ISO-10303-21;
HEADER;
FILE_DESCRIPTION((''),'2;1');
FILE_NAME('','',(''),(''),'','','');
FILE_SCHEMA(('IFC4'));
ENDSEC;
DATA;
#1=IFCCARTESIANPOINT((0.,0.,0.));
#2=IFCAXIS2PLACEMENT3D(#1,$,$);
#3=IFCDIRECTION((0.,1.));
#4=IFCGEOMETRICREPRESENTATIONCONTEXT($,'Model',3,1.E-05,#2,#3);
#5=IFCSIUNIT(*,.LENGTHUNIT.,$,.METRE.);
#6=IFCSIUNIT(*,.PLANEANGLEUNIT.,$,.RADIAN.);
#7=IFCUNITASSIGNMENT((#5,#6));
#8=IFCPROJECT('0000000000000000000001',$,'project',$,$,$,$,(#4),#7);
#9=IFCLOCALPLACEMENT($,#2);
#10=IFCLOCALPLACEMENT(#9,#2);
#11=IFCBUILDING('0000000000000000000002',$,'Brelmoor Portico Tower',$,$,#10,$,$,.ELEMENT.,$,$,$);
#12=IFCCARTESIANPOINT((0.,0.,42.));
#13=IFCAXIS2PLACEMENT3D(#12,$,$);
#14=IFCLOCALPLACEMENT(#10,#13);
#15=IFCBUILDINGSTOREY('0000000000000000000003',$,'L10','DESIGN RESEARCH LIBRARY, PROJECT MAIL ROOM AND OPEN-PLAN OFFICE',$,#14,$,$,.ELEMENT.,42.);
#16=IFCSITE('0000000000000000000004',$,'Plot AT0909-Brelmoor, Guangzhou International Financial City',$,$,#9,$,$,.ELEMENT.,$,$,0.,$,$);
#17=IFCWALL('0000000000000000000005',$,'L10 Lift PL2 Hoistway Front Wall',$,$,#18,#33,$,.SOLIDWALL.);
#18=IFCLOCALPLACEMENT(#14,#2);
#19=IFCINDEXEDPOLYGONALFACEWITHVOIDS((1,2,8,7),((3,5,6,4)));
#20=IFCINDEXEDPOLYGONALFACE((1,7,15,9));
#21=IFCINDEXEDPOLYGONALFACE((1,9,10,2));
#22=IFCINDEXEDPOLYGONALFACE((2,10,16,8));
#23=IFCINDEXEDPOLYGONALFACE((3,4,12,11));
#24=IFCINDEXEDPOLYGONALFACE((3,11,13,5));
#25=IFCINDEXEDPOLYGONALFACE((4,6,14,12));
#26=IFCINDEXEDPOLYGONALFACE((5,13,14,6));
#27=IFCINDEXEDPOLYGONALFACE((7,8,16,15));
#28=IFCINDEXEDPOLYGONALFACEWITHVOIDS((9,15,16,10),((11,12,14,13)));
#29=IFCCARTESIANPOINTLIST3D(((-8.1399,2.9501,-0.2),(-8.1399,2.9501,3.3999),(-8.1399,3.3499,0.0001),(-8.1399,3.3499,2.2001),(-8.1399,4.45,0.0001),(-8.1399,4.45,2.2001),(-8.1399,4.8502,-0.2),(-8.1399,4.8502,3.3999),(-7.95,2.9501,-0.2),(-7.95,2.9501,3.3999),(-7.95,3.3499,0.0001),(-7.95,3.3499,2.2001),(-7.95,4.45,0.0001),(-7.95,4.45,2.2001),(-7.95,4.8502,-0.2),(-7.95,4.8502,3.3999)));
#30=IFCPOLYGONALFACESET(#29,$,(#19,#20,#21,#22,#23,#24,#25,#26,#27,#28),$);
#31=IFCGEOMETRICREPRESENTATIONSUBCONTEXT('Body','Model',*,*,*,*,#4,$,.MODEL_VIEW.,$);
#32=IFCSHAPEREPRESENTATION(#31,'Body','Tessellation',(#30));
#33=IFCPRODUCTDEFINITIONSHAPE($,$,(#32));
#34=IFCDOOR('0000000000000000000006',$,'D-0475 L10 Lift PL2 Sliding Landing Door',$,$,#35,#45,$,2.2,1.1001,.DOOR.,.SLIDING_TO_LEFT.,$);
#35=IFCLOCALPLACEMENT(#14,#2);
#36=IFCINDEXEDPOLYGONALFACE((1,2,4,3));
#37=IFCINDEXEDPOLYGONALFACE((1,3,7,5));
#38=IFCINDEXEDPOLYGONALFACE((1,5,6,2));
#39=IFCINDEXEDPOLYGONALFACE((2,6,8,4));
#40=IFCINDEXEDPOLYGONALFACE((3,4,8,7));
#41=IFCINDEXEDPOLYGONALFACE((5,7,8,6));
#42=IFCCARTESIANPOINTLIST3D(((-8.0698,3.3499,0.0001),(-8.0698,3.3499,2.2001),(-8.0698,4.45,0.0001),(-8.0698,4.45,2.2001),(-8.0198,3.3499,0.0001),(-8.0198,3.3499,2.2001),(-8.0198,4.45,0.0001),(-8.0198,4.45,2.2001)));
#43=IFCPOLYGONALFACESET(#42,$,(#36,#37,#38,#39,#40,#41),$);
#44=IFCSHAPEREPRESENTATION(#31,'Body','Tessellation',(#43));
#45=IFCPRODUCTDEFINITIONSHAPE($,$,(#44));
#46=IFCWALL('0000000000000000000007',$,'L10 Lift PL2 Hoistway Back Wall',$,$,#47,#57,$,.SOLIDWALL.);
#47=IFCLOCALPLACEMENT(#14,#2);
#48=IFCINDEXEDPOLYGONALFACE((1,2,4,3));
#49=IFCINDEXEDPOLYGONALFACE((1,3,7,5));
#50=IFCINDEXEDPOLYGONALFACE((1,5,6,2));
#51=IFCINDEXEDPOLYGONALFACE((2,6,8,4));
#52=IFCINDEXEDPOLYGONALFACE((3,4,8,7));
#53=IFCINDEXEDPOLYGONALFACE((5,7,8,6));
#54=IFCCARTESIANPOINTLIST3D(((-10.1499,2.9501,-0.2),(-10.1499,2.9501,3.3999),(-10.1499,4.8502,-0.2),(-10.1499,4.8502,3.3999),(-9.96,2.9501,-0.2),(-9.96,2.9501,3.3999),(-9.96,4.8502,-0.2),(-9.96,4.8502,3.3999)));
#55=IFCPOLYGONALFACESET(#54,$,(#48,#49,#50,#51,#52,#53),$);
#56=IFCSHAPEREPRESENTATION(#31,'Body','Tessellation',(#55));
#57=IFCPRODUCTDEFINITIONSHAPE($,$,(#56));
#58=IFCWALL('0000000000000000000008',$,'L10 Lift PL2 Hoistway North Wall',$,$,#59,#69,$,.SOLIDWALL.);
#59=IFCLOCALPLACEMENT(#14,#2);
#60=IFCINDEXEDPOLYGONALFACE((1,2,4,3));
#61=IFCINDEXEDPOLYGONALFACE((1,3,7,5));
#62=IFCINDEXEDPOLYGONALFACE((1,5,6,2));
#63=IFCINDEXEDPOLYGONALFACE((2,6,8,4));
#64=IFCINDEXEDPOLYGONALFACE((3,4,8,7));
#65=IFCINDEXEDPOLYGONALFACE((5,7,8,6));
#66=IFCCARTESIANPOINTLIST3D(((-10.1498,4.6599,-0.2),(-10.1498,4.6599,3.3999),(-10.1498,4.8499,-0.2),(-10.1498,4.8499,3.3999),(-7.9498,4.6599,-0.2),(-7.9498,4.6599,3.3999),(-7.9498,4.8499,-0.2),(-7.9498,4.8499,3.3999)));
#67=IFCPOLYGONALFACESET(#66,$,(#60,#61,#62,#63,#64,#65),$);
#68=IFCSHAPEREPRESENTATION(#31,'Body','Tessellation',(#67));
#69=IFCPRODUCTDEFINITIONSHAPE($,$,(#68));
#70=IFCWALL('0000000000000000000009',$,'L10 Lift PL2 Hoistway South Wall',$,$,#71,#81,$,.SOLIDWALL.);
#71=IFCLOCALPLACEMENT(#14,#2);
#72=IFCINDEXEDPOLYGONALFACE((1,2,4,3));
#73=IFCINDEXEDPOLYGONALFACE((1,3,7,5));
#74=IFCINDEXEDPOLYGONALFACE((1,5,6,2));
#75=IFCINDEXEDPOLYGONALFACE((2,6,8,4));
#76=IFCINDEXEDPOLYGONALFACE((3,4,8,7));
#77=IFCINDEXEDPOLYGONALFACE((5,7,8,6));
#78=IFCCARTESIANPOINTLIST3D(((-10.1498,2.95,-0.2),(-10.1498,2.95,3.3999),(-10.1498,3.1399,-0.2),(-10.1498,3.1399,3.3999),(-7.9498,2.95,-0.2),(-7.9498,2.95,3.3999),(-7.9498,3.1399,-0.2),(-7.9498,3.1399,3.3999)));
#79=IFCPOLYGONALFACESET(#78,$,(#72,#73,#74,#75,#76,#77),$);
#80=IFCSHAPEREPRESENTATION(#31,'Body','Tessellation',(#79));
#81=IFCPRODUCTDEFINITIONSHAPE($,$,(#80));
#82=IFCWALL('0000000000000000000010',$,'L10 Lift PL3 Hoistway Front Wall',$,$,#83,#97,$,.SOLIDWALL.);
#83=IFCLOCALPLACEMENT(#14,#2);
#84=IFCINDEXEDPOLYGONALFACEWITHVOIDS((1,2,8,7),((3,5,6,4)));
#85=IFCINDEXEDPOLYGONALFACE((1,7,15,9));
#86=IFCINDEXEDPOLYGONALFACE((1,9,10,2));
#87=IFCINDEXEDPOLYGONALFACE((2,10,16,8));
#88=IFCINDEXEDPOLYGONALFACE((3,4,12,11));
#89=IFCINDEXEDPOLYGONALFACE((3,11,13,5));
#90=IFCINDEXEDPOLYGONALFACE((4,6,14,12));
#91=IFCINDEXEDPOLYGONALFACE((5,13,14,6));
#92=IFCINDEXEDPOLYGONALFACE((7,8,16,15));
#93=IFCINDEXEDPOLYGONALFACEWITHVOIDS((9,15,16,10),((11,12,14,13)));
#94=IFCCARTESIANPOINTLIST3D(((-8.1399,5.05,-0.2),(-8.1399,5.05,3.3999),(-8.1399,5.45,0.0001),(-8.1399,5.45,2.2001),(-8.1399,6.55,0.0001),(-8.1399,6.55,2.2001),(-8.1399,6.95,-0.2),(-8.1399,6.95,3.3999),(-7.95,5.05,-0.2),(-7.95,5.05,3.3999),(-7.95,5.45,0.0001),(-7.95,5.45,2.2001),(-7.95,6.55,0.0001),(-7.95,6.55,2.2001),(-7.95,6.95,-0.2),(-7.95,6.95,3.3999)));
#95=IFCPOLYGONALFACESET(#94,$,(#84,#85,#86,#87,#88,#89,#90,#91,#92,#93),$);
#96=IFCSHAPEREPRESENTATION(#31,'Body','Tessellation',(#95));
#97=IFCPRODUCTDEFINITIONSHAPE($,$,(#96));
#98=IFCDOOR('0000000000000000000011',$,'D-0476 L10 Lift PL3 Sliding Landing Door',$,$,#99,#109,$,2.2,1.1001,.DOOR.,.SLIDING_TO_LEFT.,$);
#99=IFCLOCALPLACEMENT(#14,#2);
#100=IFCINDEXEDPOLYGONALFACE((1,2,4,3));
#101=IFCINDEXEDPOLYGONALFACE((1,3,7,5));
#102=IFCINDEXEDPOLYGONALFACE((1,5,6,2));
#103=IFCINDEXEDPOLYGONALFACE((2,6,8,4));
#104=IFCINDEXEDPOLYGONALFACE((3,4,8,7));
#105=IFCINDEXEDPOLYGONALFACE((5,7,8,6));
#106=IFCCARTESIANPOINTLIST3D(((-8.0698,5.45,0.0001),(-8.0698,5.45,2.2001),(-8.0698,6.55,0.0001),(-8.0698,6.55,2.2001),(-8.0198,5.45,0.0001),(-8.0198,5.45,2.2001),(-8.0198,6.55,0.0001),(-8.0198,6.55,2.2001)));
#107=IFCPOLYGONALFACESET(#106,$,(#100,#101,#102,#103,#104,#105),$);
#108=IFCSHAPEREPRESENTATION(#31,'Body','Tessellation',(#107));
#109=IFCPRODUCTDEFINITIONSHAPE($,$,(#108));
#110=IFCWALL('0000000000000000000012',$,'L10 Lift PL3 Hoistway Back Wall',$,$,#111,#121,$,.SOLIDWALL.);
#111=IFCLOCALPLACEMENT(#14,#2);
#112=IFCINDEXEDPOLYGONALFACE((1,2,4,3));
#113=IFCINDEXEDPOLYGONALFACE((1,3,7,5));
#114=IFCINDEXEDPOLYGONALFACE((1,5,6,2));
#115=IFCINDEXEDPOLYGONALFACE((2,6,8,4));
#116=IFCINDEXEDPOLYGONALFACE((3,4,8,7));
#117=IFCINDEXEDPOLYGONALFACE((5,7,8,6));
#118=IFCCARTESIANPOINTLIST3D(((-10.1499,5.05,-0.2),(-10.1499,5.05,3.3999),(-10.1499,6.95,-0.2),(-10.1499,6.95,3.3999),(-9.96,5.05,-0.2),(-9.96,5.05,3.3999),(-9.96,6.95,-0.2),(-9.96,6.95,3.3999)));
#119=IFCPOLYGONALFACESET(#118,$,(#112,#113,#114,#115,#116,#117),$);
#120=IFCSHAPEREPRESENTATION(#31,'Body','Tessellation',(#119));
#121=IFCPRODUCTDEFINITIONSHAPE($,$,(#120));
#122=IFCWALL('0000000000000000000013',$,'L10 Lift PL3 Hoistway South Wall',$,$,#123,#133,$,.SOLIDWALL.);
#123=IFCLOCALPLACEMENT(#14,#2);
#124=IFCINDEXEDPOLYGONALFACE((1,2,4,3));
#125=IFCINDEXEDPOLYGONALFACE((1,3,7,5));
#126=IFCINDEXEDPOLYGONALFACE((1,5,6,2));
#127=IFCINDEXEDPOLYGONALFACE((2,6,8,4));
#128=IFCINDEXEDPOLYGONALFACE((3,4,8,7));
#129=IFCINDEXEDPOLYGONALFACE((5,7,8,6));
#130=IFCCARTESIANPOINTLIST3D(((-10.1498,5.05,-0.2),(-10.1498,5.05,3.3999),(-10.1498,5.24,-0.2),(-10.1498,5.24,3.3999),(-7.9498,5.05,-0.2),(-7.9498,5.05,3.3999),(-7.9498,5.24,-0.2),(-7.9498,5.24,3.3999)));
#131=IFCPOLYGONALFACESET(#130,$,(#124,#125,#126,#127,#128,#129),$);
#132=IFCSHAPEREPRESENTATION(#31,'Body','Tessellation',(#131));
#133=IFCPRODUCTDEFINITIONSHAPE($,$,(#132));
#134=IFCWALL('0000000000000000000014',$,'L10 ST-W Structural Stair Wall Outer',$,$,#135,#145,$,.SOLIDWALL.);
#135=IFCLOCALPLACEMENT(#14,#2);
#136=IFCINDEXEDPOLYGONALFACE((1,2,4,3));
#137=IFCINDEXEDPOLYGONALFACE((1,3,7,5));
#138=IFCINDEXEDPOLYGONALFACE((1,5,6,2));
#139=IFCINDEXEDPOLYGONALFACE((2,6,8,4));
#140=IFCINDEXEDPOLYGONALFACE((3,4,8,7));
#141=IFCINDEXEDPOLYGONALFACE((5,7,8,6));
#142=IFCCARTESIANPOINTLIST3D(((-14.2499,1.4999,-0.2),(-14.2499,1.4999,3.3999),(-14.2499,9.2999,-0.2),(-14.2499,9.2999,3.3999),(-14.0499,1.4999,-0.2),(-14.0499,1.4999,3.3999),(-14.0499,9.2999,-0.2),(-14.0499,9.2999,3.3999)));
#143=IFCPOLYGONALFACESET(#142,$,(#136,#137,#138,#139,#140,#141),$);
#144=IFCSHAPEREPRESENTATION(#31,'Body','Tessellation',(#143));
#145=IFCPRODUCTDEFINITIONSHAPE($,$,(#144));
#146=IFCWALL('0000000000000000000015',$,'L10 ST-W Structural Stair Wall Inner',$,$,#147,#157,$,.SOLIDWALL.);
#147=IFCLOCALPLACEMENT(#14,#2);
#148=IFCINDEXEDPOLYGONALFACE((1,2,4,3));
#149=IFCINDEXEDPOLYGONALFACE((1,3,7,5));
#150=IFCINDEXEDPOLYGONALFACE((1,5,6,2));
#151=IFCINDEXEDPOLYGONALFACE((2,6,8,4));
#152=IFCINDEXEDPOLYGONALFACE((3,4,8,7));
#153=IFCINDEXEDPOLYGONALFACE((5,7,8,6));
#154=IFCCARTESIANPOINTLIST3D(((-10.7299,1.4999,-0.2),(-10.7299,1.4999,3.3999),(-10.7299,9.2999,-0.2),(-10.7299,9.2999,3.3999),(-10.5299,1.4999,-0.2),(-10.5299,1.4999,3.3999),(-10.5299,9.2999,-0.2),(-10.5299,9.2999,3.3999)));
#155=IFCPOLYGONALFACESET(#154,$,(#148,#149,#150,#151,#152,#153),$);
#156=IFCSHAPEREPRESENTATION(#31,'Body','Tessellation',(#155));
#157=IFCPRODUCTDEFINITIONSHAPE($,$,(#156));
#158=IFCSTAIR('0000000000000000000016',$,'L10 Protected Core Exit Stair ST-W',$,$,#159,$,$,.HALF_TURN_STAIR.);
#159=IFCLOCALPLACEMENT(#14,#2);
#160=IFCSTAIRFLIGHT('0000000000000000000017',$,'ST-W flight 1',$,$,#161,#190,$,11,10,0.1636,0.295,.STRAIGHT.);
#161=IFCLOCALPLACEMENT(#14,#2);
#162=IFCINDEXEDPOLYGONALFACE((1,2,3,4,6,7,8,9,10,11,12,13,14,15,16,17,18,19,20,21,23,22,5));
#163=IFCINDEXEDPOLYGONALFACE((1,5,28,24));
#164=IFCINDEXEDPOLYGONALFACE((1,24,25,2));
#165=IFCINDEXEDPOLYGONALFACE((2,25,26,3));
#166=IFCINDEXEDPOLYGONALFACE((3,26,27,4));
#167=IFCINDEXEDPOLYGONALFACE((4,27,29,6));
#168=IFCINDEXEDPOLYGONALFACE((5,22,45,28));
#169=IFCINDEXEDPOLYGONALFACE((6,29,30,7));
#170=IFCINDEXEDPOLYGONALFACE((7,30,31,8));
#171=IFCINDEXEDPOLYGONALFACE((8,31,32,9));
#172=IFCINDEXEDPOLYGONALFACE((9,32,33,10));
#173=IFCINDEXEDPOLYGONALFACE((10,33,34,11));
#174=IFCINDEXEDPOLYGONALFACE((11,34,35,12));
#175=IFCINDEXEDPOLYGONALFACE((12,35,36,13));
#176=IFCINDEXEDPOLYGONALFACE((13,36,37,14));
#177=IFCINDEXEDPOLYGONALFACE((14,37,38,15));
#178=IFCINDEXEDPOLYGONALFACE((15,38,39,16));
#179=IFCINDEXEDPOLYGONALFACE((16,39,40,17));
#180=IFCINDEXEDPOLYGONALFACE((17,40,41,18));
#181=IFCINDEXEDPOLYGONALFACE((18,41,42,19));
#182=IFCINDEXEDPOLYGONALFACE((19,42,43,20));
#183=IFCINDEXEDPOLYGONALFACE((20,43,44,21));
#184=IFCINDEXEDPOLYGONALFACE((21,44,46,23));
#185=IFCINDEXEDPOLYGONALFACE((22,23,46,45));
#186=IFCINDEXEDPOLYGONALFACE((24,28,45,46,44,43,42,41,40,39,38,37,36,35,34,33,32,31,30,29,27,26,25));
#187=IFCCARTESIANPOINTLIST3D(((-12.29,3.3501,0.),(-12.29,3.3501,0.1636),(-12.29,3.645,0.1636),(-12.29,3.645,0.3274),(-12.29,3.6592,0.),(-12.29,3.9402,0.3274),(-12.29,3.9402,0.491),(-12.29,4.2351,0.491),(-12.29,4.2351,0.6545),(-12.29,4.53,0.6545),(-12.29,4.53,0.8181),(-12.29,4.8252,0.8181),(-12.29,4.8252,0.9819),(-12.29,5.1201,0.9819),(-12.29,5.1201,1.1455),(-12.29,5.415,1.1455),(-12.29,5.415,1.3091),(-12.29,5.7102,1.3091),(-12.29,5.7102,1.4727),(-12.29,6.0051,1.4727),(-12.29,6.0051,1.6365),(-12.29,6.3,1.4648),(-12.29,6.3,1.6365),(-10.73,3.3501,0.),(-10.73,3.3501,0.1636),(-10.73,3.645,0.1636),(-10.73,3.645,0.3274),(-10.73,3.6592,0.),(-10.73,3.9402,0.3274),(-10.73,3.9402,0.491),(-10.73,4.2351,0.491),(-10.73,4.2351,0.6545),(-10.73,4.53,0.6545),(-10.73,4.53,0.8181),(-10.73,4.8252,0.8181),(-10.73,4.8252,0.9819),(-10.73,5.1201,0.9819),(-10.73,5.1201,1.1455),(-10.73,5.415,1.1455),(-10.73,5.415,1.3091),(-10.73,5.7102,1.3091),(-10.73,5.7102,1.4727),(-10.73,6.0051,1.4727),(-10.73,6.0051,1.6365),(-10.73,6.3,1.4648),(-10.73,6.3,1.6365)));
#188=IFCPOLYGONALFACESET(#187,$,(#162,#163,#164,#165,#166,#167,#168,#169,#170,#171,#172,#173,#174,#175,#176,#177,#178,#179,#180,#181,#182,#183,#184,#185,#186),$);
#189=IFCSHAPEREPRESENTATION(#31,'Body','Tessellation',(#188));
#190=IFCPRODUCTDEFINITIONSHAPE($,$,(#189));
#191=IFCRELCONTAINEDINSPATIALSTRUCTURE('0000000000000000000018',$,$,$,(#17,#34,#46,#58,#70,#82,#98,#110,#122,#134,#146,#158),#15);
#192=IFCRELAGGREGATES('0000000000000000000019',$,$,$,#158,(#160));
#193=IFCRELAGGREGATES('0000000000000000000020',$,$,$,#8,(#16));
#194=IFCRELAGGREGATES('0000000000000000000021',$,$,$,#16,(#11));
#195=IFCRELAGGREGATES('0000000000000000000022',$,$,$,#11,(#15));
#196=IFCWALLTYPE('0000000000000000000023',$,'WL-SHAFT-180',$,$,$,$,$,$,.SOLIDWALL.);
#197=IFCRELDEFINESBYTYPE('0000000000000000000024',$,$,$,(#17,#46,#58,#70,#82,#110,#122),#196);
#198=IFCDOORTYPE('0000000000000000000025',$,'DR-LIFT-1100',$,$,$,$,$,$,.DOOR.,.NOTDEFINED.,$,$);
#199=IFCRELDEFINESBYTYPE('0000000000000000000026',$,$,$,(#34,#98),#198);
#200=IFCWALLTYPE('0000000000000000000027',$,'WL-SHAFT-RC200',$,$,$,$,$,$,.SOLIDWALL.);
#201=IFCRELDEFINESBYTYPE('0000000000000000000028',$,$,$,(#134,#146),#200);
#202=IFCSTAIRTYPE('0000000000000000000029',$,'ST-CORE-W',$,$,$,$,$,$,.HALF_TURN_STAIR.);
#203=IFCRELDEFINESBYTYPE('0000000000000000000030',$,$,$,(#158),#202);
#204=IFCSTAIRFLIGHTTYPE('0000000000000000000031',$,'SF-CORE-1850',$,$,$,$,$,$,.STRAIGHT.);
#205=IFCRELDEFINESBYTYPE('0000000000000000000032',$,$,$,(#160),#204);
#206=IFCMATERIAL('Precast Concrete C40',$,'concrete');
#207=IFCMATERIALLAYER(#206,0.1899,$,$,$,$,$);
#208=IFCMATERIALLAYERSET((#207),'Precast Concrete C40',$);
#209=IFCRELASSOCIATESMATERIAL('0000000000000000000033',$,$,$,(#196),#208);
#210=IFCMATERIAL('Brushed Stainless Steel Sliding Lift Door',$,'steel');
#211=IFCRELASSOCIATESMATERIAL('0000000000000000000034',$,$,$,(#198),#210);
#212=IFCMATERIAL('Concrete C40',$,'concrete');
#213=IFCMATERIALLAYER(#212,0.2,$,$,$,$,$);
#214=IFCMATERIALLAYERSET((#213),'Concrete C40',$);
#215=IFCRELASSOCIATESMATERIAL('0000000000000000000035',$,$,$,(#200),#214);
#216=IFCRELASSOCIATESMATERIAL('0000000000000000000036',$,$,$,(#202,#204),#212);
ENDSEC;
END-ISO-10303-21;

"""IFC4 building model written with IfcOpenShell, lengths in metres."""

from ifc_helpers import new_model, si_unit, direction, frame, frame_2d, origin, place, context, subcontext, project, spatial, polyline, rectangle, outline, extrude, material, layer, layer_set, type_object, element, fill, aggregate, save


model = new_model("IFC4")

# Units and contexts
model_context = context("Model", 3, precision=1e-05, world=origin(), true_north=direction((0.0, 1.0)))
body_context = subcontext(model_context, "Body", "Model", "MODEL_VIEW")
ifc_project = project(units=[si_unit("LENGTHUNIT", "METRE"), si_unit("PLANEANGLEUNIT", "RADIAN")], contexts=[model_context])

# Site, building, storey
site_placement = place(None, origin())
site = spatial("IfcSite", under=ifc_project, at=site_placement, Name="Plot AT0909-Brelmoor, Guangzhou International Financial City", CompositionType="ELEMENT", RefElevation=0.0)
building_placement = place(site_placement, origin())
building = spatial("IfcBuilding", under=site, at=building_placement, Name="Brelmoor Portico Tower", CompositionType="ELEMENT")
storey_placement = place(building_placement, frame((0.0, 0.0, 42.0)))
storey = spatial("IfcBuildingStorey", under=building, at=storey_placement, Name="L10", Description="DESIGN RESEARCH LIBRARY, PROJECT MAIL ROOM AND OPEN-PLAN OFFICE", CompositionType="ELEMENT", Elevation=42.0)

# Shared definitions
ifc_material_1 = material(Name="Precast Concrete C40", Category="concrete")
ifc_layer_1 = layer(ifc_material_1, 0.1899)
ifc_layer_set_1 = layer_set([ifc_layer_1], Name="Precast Concrete C40")
wall_type_1 = type_object("IfcWallType", Name="WL-SHAFT-180", PredefinedType="SOLIDWALL", material=ifc_layer_set_1)
ifc_material_2 = material(Name="Brushed Stainless Steel Sliding Lift Door", Category="steel")
door_type_1 = type_object("IfcDoorType", Name="DR-LIFT-1100", OperationType="NOTDEFINED", PredefinedType="DOOR", material=ifc_material_2)

# Wall, opening, door
wall_1_placement = place(storey_placement, frame((-8.0449, 2.95, -0.2), z_axis=(0.0, 0.0, 1.0), x_axis=(0.0, 1.0, 0.0)))
wall_1 = element("IfcWall", 1, at=wall_1_placement, inside=storey, type_object=wall_type_1, Name="L10 Lift PL2 Hoistway Front Wall", PredefinedType="SOLIDWALL", context=body_context, shape_type="SweptSolid", body=[
    extrude(rectangle(XDim=1.9001, YDim=0.1899, at=frame_2d((0.9502, 0.0))), origin(), (0.0, 0.0, 1.0), 3.5999),
])
opening_1_placement = place(wall_1_placement, frame((0.3999, 0.0, 0.2)))
opening_1 = element("IfcOpeningElement", 2, at=opening_1_placement, cuts=wall_1, PredefinedType="OPENING", context=body_context, shape_type="SweptSolid", body=[
    extrude(rectangle(XDim=1.1001, YDim=2.2, at=frame_2d((0.55, 1.1001))), frame((0.0, 0.105, 0.0), z_axis=(0.0, -1.0, 0.0), x_axis=(1.0, 0.0, 0.0)), (0.0, 0.0, 1.0), 0.21),
])
door_1_placement = place(opening_1_placement, origin())
door_1 = element("IfcDoor", 3, at=door_1_placement, inside=storey, type_object=door_type_1, Name="D-0475 L10 Lift PL2 Sliding Landing Door", OperationType="SLIDING_TO_LEFT", OverallHeight=2.2, OverallWidth=1.1001, PredefinedType="DOOR", context=body_context, shape_type="SweptSolid", body=[
    extrude(rectangle(XDim=1.1001, YDim=2.2, at=frame_2d((0.55, 1.1001))), frame((0.0, 0.0249, 0.0), z_axis=(0.0, -1.0, 0.0), x_axis=(1.0, 0.0, 0.0)), (0.0, 0.0, 1.0), 0.05),
])
fill(opening_1, door_1)

# Walls
wall_2_placement = place(storey_placement, frame((-10.0549, 2.95, -0.2), z_axis=(0.0, 0.0, 1.0), x_axis=(0.0, 1.0, 0.0)))
element("IfcWall", 4, at=wall_2_placement, inside=storey, type_object=wall_type_1, Name="L10 Lift PL2 Hoistway Back Wall", PredefinedType="SOLIDWALL", context=body_context, shape_type="SweptSolid", body=[
    extrude(rectangle(XDim=1.9001, YDim=0.1899, at=frame_2d((0.9502, 0.0))), origin(), (0.0, 0.0, 1.0), 3.5999),
])
for number, where, z_axis, x_axis, name in (
    (5, (-10.1499, 4.7549, -0.2), (0.0, 0.0, 1.0), (1.0, 0.0, 0.0), "L10 Lift PL2 Hoistway North Wall"),
    (6, (-10.1499, 3.0449, -0.2), (0.0, 0.0, 1.0), (1.0, 0.0, 0.0), "L10 Lift PL2 Hoistway South Wall"),
):
    element("IfcWall", number, at=place(storey_placement, frame(where, z_axis=z_axis, x_axis=x_axis)), inside=storey, type_object=wall_type_1, Name=name, PredefinedType="SOLIDWALL", context=body_context, shape_type="SweptSolid", body=[
        extrude(rectangle(XDim=2.2, YDim=0.1899, at=frame_2d((1.1001, 0.0))), origin(), (0.0, 0.0, 1.0), 3.5999),
    ])

# Wall, opening, door
wall_3_placement = place(storey_placement, frame((-8.0449, 5.05, -0.2), z_axis=(0.0, 0.0, 1.0), x_axis=(0.0, 1.0, 0.0)))
wall_3 = element("IfcWall", 7, at=wall_3_placement, inside=storey, type_object=wall_type_1, Name="L10 Lift PL3 Hoistway Front Wall", PredefinedType="SOLIDWALL", context=body_context, shape_type="SweptSolid", body=[
    extrude(rectangle(XDim=1.8999, YDim=0.1899, at=frame_2d((0.95, 0.0))), origin(), (0.0, 0.0, 1.0), 3.5999),
])
opening_2_placement = place(wall_3_placement, frame((0.3999, 0.0, 0.2)))
opening_2 = element("IfcOpeningElement", 8, at=opening_2_placement, cuts=wall_3, PredefinedType="OPENING", context=body_context, shape_type="SweptSolid", body=[
    extrude(rectangle(XDim=1.1001, YDim=2.2, at=frame_2d((0.55, 1.1001))), frame((0.0, 0.105, 0.0), z_axis=(0.0, -1.0, 0.0), x_axis=(1.0, 0.0, 0.0)), (0.0, 0.0, 1.0), 0.21),
])
door_2_placement = place(opening_2_placement, origin())
door_2 = element("IfcDoor", 9, at=door_2_placement, inside=storey, type_object=door_type_1, Name="D-0476 L10 Lift PL3 Sliding Landing Door", OperationType="SLIDING_TO_LEFT", OverallHeight=2.2, OverallWidth=1.1001, PredefinedType="DOOR", context=body_context, shape_type="SweptSolid", body=[
    extrude(rectangle(XDim=1.1001, YDim=2.2, at=frame_2d((0.55, 1.1001))), frame((0.0, 0.0249, 0.0), z_axis=(0.0, -1.0, 0.0), x_axis=(1.0, 0.0, 0.0)), (0.0, 0.0, 1.0), 0.05),
])
fill(opening_2, door_2)

# Walls
wall_4_placement = place(storey_placement, frame((-10.0549, 5.05, -0.2), z_axis=(0.0, 0.0, 1.0), x_axis=(0.0, 1.0, 0.0)))
element("IfcWall", 10, at=wall_4_placement, inside=storey, type_object=wall_type_1, Name="L10 Lift PL3 Hoistway Back Wall", PredefinedType="SOLIDWALL", context=body_context, shape_type="SweptSolid", body=[
    extrude(rectangle(XDim=1.8999, YDim=0.1899, at=frame_2d((0.95, 0.0))), origin(), (0.0, 0.0, 1.0), 3.5999),
])
wall_5_placement = place(storey_placement, frame((-10.1499, 5.145, -0.2), z_axis=(0.0, 0.0, 1.0), x_axis=(1.0, 0.0, 0.0)))
element("IfcWall", 11, at=wall_5_placement, inside=storey, type_object=wall_type_1, Name="L10 Lift PL3 Hoistway South Wall", PredefinedType="SOLIDWALL", context=body_context, shape_type="SweptSolid", body=[
    extrude(rectangle(XDim=2.2, YDim=0.1899, at=frame_2d((1.1001, 0.0))), origin(), (0.0, 0.0, 1.0), 3.5999),
])
ifc_material_3 = material(Name="Concrete C40", Category="concrete")
ifc_layer_2 = layer(ifc_material_3, 0.2)
ifc_layer_set_2 = layer_set([ifc_layer_2], Name="Concrete C40")
wall_type_2 = type_object("IfcWallType", Name="WL-SHAFT-RC200", PredefinedType="SOLIDWALL", material=ifc_layer_set_2)
for number, where, z_axis, x_axis, name in (
    (12, (-14.1499, 1.5, -0.2), (0.0, 0.0, 1.0), (0.0, 1.0, 0.0), "L10 ST-W Structural Stair Wall Outer"),
    (13, (-10.6299, 1.5, -0.2), (0.0, 0.0, 1.0), (0.0, 1.0, 0.0), "L10 ST-W Structural Stair Wall Inner"),
):
    element("IfcWall", number, at=place(storey_placement, frame(where, z_axis=z_axis, x_axis=x_axis)), inside=storey, type_object=wall_type_2, Name=name, PredefinedType="SOLIDWALL", context=body_context, shape_type="SweptSolid", body=[
        extrude(rectangle(XDim=7.8, YDim=0.2, at=frame_2d((3.8999, 0.0))), origin(), (0.0, 0.0, 1.0), 3.5999),
    ])

# Stair, stair flight
stair_type = type_object("IfcStairType", Name="ST-CORE-W", PredefinedType="HALF_TURN_STAIR", material=ifc_material_3)
stair_placement = place(storey_placement, origin())
stair = element("IfcStair", 14, at=stair_placement, inside=storey, type_object=stair_type, Name="L10 Protected Core Exit Stair ST-W", PredefinedType="HALF_TURN_STAIR")
stair_flight_type = type_object("IfcStairFlightType", Name="SF-CORE-1850", PredefinedType="STRAIGHT", material=ifc_material_3)
stair_flight_1_placement = place(storey_placement, frame((-11.51, 3.3501, 0.0), z_axis=(0.0, 0.0, 1.0), x_axis=(0.0, 1.0, 0.0)))
stair_flight_1 = element("IfcStairFlight", 15, at=stair_flight_1_placement, type_object=stair_flight_type, Name="ST-W flight 1", NumberOfRisers=11, NumberOfTreads=10, PredefinedType="STRAIGHT", RiserHeight=0.1636, TreadLength=0.295, context=body_context, shape_type="SweptSolid", body=[
    extrude(outline(polyline([(0.0, 0.0), (0.0, 0.1636), (0.2949, 0.1636), (0.2949, 0.3274), (0.5901, 0.3274), (0.5901, 0.491), (0.885, 0.491), (0.885, 0.6545), (1.1799, 0.6545), (1.1799, 0.8181), (1.4751, 0.8181), (1.4751, 0.9819), (1.77, 0.9819), (1.77, 1.1455), (2.0649, 1.1455), (2.0649, 1.3091), (2.3601, 1.3091), (2.3601, 1.4727), (2.655, 1.4727), (2.655, 1.6365), (2.95, 1.6365), (2.95, 1.8), (2.95, 1.4648), (0.3091, 0.0), (0.0, 0.0)])), frame((0.0, 0.78, 0.0), z_axis=(0.0, -1.0, 0.0), x_axis=(1.0, 0.0, 0.0)), (0.0, 0.0, 1.0), 1.5601),
])
aggregate(stair, [stair_flight_1])

save(model, "model.ifc")
